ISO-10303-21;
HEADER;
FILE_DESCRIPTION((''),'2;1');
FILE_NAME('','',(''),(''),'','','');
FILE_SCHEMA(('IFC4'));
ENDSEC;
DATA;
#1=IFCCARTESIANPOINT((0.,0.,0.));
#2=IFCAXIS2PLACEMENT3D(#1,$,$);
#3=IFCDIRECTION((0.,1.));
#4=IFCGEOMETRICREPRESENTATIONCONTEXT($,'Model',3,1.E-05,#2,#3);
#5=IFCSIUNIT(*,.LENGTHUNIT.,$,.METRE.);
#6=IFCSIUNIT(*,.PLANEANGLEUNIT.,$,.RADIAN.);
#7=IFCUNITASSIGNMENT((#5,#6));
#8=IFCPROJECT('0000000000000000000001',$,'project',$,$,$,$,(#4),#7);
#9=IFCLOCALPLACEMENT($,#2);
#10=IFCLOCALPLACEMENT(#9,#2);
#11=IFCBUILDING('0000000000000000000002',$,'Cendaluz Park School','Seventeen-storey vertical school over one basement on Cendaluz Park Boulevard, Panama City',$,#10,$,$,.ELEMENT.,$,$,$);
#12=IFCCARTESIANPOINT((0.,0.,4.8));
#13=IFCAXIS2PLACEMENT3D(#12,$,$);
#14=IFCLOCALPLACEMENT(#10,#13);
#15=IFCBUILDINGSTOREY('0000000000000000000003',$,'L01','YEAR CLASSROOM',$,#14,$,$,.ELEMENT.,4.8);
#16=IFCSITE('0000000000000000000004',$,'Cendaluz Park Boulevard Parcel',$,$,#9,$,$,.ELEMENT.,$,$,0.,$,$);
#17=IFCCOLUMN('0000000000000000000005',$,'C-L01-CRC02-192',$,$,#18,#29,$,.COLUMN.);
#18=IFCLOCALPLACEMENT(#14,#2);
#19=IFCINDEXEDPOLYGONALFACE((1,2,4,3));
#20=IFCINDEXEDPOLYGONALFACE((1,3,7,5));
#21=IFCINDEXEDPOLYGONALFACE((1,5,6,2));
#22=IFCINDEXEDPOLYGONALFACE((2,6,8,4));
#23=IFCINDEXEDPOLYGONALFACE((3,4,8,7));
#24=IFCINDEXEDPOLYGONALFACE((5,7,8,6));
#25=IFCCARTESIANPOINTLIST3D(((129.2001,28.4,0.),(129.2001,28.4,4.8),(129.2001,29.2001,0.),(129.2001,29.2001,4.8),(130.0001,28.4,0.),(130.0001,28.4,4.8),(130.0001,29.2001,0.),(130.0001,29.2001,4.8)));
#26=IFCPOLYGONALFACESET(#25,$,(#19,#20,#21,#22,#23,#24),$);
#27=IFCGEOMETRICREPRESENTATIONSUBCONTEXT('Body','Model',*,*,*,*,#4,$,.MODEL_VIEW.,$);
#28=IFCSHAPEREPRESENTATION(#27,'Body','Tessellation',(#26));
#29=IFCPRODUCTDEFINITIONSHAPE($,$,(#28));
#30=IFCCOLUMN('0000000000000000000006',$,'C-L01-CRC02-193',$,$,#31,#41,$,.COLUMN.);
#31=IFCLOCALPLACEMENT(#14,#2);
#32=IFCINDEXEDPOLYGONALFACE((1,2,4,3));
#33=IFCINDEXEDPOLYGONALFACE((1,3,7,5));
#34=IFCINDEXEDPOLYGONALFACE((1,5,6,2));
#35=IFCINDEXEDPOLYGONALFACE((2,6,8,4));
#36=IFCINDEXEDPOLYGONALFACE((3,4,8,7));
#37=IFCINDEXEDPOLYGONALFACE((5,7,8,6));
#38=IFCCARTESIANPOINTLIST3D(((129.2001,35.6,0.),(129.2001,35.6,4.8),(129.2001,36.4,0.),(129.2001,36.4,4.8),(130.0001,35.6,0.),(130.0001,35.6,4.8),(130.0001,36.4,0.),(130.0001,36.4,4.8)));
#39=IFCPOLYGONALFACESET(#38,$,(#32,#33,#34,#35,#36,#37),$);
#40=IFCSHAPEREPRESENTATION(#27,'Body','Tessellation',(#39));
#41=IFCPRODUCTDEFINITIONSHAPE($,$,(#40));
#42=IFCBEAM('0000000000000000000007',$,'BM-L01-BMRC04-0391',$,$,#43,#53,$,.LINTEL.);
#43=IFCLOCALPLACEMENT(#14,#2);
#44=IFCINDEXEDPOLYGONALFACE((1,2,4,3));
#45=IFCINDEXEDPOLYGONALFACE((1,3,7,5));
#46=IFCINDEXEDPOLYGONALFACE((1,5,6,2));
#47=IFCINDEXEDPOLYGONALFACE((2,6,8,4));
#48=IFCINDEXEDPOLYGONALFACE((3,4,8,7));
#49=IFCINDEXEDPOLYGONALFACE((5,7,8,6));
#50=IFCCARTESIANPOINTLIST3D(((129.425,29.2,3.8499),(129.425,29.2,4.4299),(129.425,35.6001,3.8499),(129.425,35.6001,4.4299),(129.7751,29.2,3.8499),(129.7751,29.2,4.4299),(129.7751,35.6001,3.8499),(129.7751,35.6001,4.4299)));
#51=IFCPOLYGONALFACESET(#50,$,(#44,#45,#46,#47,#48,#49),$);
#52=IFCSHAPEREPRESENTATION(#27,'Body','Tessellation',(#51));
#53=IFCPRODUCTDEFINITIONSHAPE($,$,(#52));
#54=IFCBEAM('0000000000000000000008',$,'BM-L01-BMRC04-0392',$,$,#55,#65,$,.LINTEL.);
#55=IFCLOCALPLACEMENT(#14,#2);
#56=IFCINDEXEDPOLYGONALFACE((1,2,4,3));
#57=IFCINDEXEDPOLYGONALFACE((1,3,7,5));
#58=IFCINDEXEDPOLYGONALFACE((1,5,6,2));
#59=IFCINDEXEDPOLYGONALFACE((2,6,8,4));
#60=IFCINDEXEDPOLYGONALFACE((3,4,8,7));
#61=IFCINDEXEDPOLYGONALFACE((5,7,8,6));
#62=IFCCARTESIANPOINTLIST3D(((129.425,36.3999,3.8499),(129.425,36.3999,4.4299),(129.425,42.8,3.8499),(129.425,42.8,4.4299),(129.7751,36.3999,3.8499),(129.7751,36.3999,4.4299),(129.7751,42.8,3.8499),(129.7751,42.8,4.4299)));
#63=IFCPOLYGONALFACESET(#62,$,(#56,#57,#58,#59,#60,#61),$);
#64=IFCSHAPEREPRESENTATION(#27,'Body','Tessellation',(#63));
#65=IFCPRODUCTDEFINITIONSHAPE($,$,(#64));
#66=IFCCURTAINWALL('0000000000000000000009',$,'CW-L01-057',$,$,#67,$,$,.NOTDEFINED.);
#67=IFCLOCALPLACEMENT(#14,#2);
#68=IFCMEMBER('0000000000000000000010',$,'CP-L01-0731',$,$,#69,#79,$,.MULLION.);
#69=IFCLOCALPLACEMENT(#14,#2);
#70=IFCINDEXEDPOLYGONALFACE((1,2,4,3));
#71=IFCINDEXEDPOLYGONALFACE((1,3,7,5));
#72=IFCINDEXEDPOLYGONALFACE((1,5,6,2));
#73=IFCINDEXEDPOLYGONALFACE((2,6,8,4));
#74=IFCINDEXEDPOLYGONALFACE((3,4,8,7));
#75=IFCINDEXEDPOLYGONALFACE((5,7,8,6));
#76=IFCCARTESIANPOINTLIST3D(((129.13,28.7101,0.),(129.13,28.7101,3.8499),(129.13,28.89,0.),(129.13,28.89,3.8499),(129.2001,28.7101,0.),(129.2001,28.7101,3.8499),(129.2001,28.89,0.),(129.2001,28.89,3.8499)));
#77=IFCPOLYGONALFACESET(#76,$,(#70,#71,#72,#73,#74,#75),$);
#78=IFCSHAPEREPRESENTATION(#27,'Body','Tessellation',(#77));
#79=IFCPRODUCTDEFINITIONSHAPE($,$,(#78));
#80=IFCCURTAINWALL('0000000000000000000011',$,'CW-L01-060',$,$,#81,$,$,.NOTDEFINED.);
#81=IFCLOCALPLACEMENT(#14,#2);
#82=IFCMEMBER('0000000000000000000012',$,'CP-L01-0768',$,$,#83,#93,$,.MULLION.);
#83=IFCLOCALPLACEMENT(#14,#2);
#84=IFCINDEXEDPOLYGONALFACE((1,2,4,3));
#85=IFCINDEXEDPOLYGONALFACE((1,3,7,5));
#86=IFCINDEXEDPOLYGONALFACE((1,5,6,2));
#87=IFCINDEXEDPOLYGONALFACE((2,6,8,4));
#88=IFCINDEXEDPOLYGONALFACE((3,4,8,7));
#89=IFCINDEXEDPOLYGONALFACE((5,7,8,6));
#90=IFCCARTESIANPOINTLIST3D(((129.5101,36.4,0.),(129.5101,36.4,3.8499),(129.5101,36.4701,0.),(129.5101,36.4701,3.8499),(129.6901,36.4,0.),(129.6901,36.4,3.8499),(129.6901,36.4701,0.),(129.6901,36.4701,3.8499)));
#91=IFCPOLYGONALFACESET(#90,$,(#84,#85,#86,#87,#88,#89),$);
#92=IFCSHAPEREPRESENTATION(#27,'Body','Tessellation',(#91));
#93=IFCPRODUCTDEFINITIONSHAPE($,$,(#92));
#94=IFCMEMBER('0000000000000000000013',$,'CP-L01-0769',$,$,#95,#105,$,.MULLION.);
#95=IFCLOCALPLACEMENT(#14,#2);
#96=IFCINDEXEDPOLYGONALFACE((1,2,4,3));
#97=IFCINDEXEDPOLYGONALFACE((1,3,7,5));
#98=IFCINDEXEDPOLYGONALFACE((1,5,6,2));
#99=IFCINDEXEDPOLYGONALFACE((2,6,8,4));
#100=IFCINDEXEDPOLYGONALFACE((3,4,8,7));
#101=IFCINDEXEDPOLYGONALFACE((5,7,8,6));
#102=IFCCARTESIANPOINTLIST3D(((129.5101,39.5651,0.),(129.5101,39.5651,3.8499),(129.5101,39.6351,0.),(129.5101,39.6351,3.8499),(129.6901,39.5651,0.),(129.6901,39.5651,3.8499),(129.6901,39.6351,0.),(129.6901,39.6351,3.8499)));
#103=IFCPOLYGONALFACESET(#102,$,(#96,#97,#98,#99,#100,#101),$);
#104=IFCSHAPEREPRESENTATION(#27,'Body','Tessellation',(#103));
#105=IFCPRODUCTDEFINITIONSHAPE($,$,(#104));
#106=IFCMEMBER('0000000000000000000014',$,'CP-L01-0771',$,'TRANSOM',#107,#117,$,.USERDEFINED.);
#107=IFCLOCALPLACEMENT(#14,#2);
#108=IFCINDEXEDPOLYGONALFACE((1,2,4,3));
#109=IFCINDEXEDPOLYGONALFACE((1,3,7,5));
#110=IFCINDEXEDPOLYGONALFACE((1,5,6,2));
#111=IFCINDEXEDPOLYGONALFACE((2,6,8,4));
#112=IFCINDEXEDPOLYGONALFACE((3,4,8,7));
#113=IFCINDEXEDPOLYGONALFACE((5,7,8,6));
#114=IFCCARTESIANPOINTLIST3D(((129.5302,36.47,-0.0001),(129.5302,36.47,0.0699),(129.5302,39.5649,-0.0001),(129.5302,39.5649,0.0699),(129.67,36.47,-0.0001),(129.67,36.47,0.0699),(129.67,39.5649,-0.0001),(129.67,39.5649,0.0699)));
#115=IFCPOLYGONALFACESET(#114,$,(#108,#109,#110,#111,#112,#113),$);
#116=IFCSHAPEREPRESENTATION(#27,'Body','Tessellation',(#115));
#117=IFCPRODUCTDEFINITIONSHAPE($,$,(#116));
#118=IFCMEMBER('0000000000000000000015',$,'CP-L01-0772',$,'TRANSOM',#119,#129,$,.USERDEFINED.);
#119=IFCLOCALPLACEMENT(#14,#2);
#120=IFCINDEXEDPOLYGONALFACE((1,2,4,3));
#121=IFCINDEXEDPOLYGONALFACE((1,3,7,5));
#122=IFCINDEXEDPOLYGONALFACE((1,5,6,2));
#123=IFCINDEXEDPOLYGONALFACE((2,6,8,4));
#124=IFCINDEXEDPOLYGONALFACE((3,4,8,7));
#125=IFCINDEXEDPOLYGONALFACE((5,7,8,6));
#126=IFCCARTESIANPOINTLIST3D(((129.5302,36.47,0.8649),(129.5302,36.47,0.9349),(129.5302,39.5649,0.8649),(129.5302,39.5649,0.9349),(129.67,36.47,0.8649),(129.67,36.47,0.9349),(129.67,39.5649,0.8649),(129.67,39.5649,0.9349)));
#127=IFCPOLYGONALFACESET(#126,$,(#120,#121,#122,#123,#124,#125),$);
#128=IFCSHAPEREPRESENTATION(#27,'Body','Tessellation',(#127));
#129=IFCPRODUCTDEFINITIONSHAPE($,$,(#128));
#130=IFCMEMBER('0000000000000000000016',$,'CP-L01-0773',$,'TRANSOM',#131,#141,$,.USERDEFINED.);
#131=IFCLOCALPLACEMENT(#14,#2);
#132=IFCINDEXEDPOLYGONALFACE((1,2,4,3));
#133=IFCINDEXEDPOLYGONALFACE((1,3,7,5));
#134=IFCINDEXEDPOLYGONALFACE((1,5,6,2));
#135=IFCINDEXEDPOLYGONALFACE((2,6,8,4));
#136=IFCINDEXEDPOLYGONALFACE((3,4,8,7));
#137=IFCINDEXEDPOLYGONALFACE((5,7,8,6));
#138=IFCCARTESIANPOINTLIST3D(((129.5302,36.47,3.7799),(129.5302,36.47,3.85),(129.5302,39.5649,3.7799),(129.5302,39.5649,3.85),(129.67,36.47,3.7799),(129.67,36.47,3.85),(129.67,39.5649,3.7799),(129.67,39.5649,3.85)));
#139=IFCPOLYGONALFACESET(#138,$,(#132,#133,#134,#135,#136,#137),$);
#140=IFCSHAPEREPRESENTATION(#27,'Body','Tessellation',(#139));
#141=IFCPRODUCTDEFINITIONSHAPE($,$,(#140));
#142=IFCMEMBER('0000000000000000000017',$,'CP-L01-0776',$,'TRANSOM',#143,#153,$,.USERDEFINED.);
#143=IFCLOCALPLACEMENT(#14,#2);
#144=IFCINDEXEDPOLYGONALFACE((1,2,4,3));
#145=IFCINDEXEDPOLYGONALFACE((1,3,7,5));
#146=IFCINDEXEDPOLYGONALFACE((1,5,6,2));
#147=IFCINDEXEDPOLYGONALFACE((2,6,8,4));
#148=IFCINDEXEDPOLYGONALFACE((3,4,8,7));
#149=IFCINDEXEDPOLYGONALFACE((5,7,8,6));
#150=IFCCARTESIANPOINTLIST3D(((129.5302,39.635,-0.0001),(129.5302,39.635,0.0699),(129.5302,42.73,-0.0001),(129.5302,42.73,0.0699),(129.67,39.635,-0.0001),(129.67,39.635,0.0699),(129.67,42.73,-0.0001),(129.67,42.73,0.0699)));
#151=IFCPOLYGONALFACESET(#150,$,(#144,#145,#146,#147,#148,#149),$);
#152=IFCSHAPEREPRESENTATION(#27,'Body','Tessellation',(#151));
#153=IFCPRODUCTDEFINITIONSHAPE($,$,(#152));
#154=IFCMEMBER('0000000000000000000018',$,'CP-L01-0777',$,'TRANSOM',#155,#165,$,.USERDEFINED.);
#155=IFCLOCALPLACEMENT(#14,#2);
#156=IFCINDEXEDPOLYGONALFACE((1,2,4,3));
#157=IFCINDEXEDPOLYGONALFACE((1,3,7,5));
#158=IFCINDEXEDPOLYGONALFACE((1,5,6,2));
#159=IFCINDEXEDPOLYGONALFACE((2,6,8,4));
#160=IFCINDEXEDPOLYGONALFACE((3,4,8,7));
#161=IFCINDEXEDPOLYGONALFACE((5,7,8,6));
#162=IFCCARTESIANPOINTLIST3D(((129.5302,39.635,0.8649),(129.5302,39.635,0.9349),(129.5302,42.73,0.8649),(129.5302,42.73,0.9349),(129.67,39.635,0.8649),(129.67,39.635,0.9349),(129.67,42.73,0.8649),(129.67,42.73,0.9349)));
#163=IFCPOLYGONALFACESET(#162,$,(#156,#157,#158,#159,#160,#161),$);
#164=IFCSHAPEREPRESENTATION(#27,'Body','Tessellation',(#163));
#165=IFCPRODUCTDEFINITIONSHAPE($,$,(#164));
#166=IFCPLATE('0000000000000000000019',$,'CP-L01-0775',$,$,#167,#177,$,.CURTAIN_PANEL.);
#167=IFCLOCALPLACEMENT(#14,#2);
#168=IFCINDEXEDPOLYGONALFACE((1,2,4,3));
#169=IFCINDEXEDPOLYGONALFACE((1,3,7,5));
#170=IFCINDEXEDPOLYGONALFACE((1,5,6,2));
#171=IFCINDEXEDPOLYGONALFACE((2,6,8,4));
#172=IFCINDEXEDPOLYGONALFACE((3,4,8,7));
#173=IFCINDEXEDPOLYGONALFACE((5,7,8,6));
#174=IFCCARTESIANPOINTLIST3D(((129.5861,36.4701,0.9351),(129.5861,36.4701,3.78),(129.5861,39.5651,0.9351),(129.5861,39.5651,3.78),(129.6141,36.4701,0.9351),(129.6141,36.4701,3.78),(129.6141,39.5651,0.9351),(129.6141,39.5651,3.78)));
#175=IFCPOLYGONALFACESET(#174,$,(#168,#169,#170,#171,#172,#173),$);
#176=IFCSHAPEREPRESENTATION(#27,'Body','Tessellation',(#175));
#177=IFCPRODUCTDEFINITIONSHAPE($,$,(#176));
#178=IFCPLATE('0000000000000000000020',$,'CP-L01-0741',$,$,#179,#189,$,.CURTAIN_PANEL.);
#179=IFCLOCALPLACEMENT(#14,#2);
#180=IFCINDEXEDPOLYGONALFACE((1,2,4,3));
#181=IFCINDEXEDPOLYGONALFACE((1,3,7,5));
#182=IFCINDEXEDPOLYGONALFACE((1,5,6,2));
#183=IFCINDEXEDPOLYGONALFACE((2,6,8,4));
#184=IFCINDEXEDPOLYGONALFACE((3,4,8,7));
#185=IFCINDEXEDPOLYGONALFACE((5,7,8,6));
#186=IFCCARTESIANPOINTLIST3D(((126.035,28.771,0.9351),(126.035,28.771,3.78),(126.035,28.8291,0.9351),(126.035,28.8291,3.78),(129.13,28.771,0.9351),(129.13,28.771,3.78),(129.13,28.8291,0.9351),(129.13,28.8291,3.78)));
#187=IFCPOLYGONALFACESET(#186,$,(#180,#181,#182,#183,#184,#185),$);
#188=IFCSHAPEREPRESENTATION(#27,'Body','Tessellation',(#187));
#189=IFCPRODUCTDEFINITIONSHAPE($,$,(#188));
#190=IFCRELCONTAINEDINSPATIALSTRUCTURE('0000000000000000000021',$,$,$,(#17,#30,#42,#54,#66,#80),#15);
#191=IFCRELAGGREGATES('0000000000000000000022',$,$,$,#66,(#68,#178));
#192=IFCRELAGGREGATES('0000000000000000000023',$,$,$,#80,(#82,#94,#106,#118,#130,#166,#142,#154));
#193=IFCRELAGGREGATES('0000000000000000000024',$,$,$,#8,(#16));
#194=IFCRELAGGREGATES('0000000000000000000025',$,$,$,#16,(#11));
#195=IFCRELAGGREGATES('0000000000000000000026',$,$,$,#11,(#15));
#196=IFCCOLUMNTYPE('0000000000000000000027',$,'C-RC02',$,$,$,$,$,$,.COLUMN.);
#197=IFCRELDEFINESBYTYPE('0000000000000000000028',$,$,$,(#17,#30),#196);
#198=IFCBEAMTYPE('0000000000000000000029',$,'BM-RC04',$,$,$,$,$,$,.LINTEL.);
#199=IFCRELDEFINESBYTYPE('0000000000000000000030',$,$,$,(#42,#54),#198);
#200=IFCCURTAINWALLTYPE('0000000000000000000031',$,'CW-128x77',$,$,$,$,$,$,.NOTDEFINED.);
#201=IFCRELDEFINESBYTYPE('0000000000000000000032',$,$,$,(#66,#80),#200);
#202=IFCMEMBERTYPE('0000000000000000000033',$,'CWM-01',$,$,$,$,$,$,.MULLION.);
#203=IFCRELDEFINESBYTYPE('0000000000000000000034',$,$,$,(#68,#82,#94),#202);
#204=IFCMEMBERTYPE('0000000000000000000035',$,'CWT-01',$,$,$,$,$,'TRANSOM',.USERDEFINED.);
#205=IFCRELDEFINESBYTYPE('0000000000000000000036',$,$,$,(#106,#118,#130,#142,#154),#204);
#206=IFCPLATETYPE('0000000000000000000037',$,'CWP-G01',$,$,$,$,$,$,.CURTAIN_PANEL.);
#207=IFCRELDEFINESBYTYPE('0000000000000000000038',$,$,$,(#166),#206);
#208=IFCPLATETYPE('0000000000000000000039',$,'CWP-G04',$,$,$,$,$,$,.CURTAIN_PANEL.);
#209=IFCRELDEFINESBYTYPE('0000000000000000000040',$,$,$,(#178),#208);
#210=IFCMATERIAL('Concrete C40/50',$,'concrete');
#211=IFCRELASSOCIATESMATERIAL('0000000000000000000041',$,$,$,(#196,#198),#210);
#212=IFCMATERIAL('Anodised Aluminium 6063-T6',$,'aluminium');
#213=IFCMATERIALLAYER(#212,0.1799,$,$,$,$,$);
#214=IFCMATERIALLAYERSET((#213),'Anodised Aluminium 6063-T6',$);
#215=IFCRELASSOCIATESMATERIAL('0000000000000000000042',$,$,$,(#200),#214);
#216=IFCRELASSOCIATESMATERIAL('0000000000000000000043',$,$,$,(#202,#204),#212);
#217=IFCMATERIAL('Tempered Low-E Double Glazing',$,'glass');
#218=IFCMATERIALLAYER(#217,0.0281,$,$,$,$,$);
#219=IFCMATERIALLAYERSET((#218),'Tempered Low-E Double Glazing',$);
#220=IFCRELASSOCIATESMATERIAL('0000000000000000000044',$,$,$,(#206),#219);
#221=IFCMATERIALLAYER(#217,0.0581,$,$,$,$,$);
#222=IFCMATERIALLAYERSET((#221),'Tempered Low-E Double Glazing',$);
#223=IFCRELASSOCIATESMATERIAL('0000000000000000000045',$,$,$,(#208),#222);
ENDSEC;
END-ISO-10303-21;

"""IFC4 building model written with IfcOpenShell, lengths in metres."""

from ifc_helpers import new_model, si_unit, direction, frame, origin, origin_2d, place, context, subcontext, project, spatial, rectangle, extrude, material, layer, layer_set, material_profile, profile_set, type_object, element, aggregate, save


model = new_model("IFC4")

# Units and contexts
model_context = context("Model", 3, precision=1e-05, world=origin(), true_north=direction((0.0, 1.0)))
body_context = subcontext(model_context, "Body", "Model", "MODEL_VIEW")
ifc_project = project(units=[si_unit("LENGTHUNIT", "METRE"), si_unit("PLANEANGLEUNIT", "RADIAN")], contexts=[model_context])

# Site, building, storey
site_placement = place(None, origin())
site = spatial("IfcSite", under=ifc_project, at=site_placement, Name="Cendaluz Park Boulevard Parcel", CompositionType="ELEMENT", RefElevation=0.0)
building_placement = place(site_placement, origin())
building = spatial("IfcBuilding", under=site, at=building_placement, Name="Cendaluz Park School", Description="Seventeen-storey vertical school over one basement on Cendaluz Park Boulevard, Panama City", CompositionType="ELEMENT")
storey_placement = place(building_placement, frame((0.0, 0.0, 4.8)))
storey = spatial("IfcBuildingStorey", under=building, at=storey_placement, Name="L01", Description="YEAR CLASSROOM", CompositionType="ELEMENT", Elevation=4.8)

# Columns
ifc_material_1 = material(Name="Concrete C40/50", Category="concrete")
ifc_material_profile_1 = material_profile(ifc_material_1, rectangle(XDim=0.8, YDim=0.8, at=origin_2d()), Name="RC 800x800", Category="concrete")
ifc_profile_set_1 = profile_set([ifc_material_profile_1], Name="Concrete C40/50")
column_type = type_object("IfcColumnType", Name="C-RC02", PredefinedType="COLUMN", material=ifc_profile_set_1)
for number, where, z_axis, x_axis, name in (
    (1, (129.6001, 28.8, 0.0), (0.0, 0.0, 1.0), (1.0, 0.0, 0.0), "C-L01-CRC02-192"),
    (2, (129.6001, 36.0, 0.0), (0.0, 0.0, 1.0), (1.0, 0.0, 0.0), "C-L01-CRC02-193"),
):
    element("IfcColumn", number, at=place(storey_placement, frame(where, z_axis=z_axis, x_axis=x_axis)), inside=storey, type_object=column_type, Name=name, PredefinedType="COLUMN", context=body_context, shape_type="SweptSolid", body=[
        extrude(rectangle(XDim=0.8, YDim=0.8, at=origin_2d()), origin(), (0.0, 0.0, 1.0), 4.8),
    ])

# Beams
ifc_material_profile_2 = material_profile(ifc_material_1, rectangle(XDim=0.3501, YDim=0.5801, at=origin_2d()), Name="RC 350x580", Category="concrete")
ifc_profile_set_2 = profile_set([ifc_material_profile_2], Name="Concrete C40/50")
beam_type = type_object("IfcBeamType", Name="BM-RC04", PredefinedType="LINTEL", material=ifc_profile_set_2)
for number, where, z_axis, x_axis, name in (
    (3, (129.6001, 29.2, 4.1399), (0.0, 1.0, 0.0), (-1.0, 0.0, 0.0), "BM-L01-BMRC04-0391"),
    (4, (129.6001, 36.3999, 4.1399), (0.0, 1.0, 0.0), (-1.0, 0.0, 0.0), "BM-L01-BMRC04-0392"),
):
    element("IfcBeam", number, at=place(storey_placement, frame(where, z_axis=z_axis, x_axis=x_axis)), inside=storey, type_object=beam_type, Name=name, PredefinedType="LINTEL", context=body_context, shape_type="SweptSolid", body=[
        extrude(rectangle(XDim=0.3501, YDim=0.5801, at=origin_2d()), origin(), (0.0, 0.0, 1.0), 6.4001),
    ])

# Curtain wall, member
ifc_material_2 = material(Name="Anodised Aluminium 6063-T6", Category="aluminium")
ifc_layer_1 = layer(ifc_material_2, 0.1799)
ifc_layer_set_1 = layer_set([ifc_layer_1], Name="Anodised Aluminium 6063-T6")
curtain_wall_type = type_object("IfcCurtainWallType", Name="CW-128x77", PredefinedType="NOTDEFINED", material=ifc_layer_set_1)
curtain_wall_1_placement = place(storey_placement, origin())
curtain_wall_1 = element("IfcCurtainWall", 5, at=curtain_wall_1_placement, inside=storey, type_object=curtain_wall_type, Name="CW-L01-057", PredefinedType="NOTDEFINED")
ifc_material_profile_3 = material_profile(ifc_material_2, rectangle(XDim=0.1799, YDim=0.0701, at=origin_2d()), Name="CWM 180x70", Category="aluminium")
ifc_profile_set_3 = profile_set([ifc_material_profile_3], Name="Anodised Aluminium 6063-T6")
member_type_1 = type_object("IfcMemberType", Name="CWM-01", PredefinedType="MULLION", material=ifc_profile_set_3)
member_1_placement = place(storey_placement, frame((129.165, 28.8, 0.0), z_axis=(0.0, 0.0, 1.0), x_axis=(0.0, 1.0, 0.0)))
member_1 = element("IfcMember", 6, at=member_1_placement, type_object=member_type_1, Name="CP-L01-0731", PredefinedType="MULLION", context=body_context, shape_type="SweptSolid", body=[
    extrude(rectangle(XDim=0.1799, YDim=0.0701, at=origin_2d()), origin(), (0.0, 0.0, 1.0), 3.8499),
])

# Curtain wall, members, plate
curtain_wall_2_placement = place(storey_placement, origin())
curtain_wall_2 = element("IfcCurtainWall", 7, at=curtain_wall_2_placement, inside=storey, type_object=curtain_wall_type, Name="CW-L01-060", PredefinedType="NOTDEFINED")
member_2_placement = place(storey_placement, frame((129.6001, 36.4351, 0.0), z_axis=(0.0, 0.0, 1.0), x_axis=(-1.0, 0.0, 0.0)))
member_2 = element("IfcMember", 8, at=member_2_placement, type_object=member_type_1, Name="CP-L01-0768", PredefinedType="MULLION", context=body_context, shape_type="SweptSolid", body=[
    extrude(rectangle(XDim=0.1799, YDim=0.0701, at=origin_2d()), origin(), (0.0, 0.0, 1.0), 3.8499),
])
member_3_placement = place(storey_placement, frame((129.6001, 39.6001, 0.0), z_axis=(0.0, 0.0, 1.0), x_axis=(-1.0, 0.0, 0.0)))
member_3 = element("IfcMember", 9, at=member_3_placement, type_object=member_type_1, Name="CP-L01-0769", PredefinedType="MULLION", context=body_context, shape_type="SweptSolid", body=[
    extrude(rectangle(XDim=0.1799, YDim=0.0701, at=origin_2d()), origin(), (0.0, 0.0, 1.0), 3.8499),
])
ifc_material_profile_4 = material_profile(ifc_material_2, rectangle(XDim=0.1399, YDim=0.0701, at=origin_2d()), Name="CWT 140x70", Category="aluminium")
ifc_profile_set_4 = profile_set([ifc_material_profile_4], Name="Anodised Aluminium 6063-T6")
member_type_2 = type_object("IfcMemberType", Name="CWT-01", ElementType="TRANSOM", PredefinedType="USERDEFINED", material=ifc_profile_set_4)
member_4_placement = place(storey_placement, frame((129.6001, 36.47, 0.0349), z_axis=(0.0, 1.0, 0.0), x_axis=(-1.0, 0.0, 0.0)))
member_4 = element("IfcMember", 10, at=member_4_placement, type_object=member_type_2, Name="CP-L01-0771", ObjectType="TRANSOM", PredefinedType="USERDEFINED", context=body_context, shape_type="SweptSolid", body=[
    extrude(rectangle(XDim=0.1399, YDim=0.0701, at=origin_2d()), origin(), (0.0, 0.0, 1.0), 3.095),
])
member_5_placement = place(storey_placement, frame((129.6001, 36.47, 0.8999), z_axis=(0.0, 1.0, 0.0), x_axis=(-1.0, 0.0, 0.0)))
member_5 = element("IfcMember", 11, at=member_5_placement, type_object=member_type_2, Name="CP-L01-0772", ObjectType="TRANSOM", PredefinedType="USERDEFINED", context=body_context, shape_type="SweptSolid", body=[
    extrude(rectangle(XDim=0.1399, YDim=0.0701, at=origin_2d()), origin(), (0.0, 0.0, 1.0), 3.095),
])
member_6_placement = place(storey_placement, frame((129.6001, 36.47, 3.8149), z_axis=(0.0, 1.0, 0.0), x_axis=(-1.0, 0.0, 0.0)))
member_6 = element("IfcMember", 12, at=member_6_placement, type_object=member_type_2, Name="CP-L01-0773", ObjectType="TRANSOM", PredefinedType="USERDEFINED", context=body_context, shape_type="SweptSolid", body=[
    extrude(rectangle(XDim=0.1399, YDim=0.0701, at=origin_2d()), origin(), (0.0, 0.0, 1.0), 3.095),
])
member_7_placement = place(storey_placement, frame((129.6001, 39.635, 0.0349), z_axis=(0.0, 1.0, 0.0), x_axis=(-1.0, 0.0, 0.0)))
member_7 = element("IfcMember", 13, at=member_7_placement, type_object=member_type_2, Name="CP-L01-0776", ObjectType="TRANSOM", PredefinedType="USERDEFINED", context=body_context, shape_type="SweptSolid", body=[
    extrude(rectangle(XDim=0.1399, YDim=0.0701, at=origin_2d()), origin(), (0.0, 0.0, 1.0), 3.095),
])
member_8_placement = place(storey_placement, frame((129.6001, 39.635, 0.8999), z_axis=(0.0, 1.0, 0.0), x_axis=(-1.0, 0.0, 0.0)))
member_8 = element("IfcMember", 14, at=member_8_placement, type_object=member_type_2, Name="CP-L01-0777", ObjectType="TRANSOM", PredefinedType="USERDEFINED", context=body_context, shape_type="SweptSolid", body=[
    extrude(rectangle(XDim=0.1399, YDim=0.0701, at=origin_2d()), origin(), (0.0, 0.0, 1.0), 3.095),
])
ifc_material_3 = material(Name="Tempered Low-E Double Glazing", Category="glass")
ifc_layer_2 = layer(ifc_material_3, 0.0281)
ifc_layer_set_2 = layer_set([ifc_layer_2], Name="Tempered Low-E Double Glazing")
plate_type_1 = type_object("IfcPlateType", Name="CWP-G01", PredefinedType="CURTAIN_PANEL", material=ifc_layer_set_2)
plate_1_placement = place(storey_placement, frame((129.6001, 38.0176, 0.9351), z_axis=(0.0, 0.0, 1.0), x_axis=(0.0, 1.0, 0.0)))
plate_1 = element("IfcPlate", 15, at=plate_1_placement, type_object=plate_type_1, Name="CP-L01-0775", PredefinedType="CURTAIN_PANEL", context=body_context, shape_type="SweptSolid", body=[
    extrude(rectangle(XDim=3.095, YDim=0.0281, at=origin_2d()), origin(), (0.0, 0.0, 1.0), 2.845),
])

# Plate
ifc_layer_3 = layer(ifc_material_3, 0.0581)
ifc_layer_set_3 = layer_set([ifc_layer_3], Name="Tempered Low-E Double Glazing")
plate_type_2 = type_object("IfcPlateType", Name="CWP-G04", PredefinedType="CURTAIN_PANEL", material=ifc_layer_set_3)
plate_2_placement = place(storey_placement, frame((127.5825, 28.8, 0.9351), z_axis=(0.0, 0.0, 1.0), x_axis=(1.0, 0.0, 0.0)))
plate_2 = element("IfcPlate", 16, at=plate_2_placement, type_object=plate_type_2, Name="CP-L01-0741", PredefinedType="CURTAIN_PANEL", context=body_context, shape_type="SweptSolid", body=[
    extrude(rectangle(XDim=3.095, YDim=0.0581, at=origin_2d()), origin(), (0.0, 0.0, 1.0), 2.845),
])
aggregate(curtain_wall_1, [member_1, plate_2])
aggregate(curtain_wall_2, [member_2, member_3, member_4, member_5, member_6, plate_1, member_7, member_8])

save(model, "model.ifc")
